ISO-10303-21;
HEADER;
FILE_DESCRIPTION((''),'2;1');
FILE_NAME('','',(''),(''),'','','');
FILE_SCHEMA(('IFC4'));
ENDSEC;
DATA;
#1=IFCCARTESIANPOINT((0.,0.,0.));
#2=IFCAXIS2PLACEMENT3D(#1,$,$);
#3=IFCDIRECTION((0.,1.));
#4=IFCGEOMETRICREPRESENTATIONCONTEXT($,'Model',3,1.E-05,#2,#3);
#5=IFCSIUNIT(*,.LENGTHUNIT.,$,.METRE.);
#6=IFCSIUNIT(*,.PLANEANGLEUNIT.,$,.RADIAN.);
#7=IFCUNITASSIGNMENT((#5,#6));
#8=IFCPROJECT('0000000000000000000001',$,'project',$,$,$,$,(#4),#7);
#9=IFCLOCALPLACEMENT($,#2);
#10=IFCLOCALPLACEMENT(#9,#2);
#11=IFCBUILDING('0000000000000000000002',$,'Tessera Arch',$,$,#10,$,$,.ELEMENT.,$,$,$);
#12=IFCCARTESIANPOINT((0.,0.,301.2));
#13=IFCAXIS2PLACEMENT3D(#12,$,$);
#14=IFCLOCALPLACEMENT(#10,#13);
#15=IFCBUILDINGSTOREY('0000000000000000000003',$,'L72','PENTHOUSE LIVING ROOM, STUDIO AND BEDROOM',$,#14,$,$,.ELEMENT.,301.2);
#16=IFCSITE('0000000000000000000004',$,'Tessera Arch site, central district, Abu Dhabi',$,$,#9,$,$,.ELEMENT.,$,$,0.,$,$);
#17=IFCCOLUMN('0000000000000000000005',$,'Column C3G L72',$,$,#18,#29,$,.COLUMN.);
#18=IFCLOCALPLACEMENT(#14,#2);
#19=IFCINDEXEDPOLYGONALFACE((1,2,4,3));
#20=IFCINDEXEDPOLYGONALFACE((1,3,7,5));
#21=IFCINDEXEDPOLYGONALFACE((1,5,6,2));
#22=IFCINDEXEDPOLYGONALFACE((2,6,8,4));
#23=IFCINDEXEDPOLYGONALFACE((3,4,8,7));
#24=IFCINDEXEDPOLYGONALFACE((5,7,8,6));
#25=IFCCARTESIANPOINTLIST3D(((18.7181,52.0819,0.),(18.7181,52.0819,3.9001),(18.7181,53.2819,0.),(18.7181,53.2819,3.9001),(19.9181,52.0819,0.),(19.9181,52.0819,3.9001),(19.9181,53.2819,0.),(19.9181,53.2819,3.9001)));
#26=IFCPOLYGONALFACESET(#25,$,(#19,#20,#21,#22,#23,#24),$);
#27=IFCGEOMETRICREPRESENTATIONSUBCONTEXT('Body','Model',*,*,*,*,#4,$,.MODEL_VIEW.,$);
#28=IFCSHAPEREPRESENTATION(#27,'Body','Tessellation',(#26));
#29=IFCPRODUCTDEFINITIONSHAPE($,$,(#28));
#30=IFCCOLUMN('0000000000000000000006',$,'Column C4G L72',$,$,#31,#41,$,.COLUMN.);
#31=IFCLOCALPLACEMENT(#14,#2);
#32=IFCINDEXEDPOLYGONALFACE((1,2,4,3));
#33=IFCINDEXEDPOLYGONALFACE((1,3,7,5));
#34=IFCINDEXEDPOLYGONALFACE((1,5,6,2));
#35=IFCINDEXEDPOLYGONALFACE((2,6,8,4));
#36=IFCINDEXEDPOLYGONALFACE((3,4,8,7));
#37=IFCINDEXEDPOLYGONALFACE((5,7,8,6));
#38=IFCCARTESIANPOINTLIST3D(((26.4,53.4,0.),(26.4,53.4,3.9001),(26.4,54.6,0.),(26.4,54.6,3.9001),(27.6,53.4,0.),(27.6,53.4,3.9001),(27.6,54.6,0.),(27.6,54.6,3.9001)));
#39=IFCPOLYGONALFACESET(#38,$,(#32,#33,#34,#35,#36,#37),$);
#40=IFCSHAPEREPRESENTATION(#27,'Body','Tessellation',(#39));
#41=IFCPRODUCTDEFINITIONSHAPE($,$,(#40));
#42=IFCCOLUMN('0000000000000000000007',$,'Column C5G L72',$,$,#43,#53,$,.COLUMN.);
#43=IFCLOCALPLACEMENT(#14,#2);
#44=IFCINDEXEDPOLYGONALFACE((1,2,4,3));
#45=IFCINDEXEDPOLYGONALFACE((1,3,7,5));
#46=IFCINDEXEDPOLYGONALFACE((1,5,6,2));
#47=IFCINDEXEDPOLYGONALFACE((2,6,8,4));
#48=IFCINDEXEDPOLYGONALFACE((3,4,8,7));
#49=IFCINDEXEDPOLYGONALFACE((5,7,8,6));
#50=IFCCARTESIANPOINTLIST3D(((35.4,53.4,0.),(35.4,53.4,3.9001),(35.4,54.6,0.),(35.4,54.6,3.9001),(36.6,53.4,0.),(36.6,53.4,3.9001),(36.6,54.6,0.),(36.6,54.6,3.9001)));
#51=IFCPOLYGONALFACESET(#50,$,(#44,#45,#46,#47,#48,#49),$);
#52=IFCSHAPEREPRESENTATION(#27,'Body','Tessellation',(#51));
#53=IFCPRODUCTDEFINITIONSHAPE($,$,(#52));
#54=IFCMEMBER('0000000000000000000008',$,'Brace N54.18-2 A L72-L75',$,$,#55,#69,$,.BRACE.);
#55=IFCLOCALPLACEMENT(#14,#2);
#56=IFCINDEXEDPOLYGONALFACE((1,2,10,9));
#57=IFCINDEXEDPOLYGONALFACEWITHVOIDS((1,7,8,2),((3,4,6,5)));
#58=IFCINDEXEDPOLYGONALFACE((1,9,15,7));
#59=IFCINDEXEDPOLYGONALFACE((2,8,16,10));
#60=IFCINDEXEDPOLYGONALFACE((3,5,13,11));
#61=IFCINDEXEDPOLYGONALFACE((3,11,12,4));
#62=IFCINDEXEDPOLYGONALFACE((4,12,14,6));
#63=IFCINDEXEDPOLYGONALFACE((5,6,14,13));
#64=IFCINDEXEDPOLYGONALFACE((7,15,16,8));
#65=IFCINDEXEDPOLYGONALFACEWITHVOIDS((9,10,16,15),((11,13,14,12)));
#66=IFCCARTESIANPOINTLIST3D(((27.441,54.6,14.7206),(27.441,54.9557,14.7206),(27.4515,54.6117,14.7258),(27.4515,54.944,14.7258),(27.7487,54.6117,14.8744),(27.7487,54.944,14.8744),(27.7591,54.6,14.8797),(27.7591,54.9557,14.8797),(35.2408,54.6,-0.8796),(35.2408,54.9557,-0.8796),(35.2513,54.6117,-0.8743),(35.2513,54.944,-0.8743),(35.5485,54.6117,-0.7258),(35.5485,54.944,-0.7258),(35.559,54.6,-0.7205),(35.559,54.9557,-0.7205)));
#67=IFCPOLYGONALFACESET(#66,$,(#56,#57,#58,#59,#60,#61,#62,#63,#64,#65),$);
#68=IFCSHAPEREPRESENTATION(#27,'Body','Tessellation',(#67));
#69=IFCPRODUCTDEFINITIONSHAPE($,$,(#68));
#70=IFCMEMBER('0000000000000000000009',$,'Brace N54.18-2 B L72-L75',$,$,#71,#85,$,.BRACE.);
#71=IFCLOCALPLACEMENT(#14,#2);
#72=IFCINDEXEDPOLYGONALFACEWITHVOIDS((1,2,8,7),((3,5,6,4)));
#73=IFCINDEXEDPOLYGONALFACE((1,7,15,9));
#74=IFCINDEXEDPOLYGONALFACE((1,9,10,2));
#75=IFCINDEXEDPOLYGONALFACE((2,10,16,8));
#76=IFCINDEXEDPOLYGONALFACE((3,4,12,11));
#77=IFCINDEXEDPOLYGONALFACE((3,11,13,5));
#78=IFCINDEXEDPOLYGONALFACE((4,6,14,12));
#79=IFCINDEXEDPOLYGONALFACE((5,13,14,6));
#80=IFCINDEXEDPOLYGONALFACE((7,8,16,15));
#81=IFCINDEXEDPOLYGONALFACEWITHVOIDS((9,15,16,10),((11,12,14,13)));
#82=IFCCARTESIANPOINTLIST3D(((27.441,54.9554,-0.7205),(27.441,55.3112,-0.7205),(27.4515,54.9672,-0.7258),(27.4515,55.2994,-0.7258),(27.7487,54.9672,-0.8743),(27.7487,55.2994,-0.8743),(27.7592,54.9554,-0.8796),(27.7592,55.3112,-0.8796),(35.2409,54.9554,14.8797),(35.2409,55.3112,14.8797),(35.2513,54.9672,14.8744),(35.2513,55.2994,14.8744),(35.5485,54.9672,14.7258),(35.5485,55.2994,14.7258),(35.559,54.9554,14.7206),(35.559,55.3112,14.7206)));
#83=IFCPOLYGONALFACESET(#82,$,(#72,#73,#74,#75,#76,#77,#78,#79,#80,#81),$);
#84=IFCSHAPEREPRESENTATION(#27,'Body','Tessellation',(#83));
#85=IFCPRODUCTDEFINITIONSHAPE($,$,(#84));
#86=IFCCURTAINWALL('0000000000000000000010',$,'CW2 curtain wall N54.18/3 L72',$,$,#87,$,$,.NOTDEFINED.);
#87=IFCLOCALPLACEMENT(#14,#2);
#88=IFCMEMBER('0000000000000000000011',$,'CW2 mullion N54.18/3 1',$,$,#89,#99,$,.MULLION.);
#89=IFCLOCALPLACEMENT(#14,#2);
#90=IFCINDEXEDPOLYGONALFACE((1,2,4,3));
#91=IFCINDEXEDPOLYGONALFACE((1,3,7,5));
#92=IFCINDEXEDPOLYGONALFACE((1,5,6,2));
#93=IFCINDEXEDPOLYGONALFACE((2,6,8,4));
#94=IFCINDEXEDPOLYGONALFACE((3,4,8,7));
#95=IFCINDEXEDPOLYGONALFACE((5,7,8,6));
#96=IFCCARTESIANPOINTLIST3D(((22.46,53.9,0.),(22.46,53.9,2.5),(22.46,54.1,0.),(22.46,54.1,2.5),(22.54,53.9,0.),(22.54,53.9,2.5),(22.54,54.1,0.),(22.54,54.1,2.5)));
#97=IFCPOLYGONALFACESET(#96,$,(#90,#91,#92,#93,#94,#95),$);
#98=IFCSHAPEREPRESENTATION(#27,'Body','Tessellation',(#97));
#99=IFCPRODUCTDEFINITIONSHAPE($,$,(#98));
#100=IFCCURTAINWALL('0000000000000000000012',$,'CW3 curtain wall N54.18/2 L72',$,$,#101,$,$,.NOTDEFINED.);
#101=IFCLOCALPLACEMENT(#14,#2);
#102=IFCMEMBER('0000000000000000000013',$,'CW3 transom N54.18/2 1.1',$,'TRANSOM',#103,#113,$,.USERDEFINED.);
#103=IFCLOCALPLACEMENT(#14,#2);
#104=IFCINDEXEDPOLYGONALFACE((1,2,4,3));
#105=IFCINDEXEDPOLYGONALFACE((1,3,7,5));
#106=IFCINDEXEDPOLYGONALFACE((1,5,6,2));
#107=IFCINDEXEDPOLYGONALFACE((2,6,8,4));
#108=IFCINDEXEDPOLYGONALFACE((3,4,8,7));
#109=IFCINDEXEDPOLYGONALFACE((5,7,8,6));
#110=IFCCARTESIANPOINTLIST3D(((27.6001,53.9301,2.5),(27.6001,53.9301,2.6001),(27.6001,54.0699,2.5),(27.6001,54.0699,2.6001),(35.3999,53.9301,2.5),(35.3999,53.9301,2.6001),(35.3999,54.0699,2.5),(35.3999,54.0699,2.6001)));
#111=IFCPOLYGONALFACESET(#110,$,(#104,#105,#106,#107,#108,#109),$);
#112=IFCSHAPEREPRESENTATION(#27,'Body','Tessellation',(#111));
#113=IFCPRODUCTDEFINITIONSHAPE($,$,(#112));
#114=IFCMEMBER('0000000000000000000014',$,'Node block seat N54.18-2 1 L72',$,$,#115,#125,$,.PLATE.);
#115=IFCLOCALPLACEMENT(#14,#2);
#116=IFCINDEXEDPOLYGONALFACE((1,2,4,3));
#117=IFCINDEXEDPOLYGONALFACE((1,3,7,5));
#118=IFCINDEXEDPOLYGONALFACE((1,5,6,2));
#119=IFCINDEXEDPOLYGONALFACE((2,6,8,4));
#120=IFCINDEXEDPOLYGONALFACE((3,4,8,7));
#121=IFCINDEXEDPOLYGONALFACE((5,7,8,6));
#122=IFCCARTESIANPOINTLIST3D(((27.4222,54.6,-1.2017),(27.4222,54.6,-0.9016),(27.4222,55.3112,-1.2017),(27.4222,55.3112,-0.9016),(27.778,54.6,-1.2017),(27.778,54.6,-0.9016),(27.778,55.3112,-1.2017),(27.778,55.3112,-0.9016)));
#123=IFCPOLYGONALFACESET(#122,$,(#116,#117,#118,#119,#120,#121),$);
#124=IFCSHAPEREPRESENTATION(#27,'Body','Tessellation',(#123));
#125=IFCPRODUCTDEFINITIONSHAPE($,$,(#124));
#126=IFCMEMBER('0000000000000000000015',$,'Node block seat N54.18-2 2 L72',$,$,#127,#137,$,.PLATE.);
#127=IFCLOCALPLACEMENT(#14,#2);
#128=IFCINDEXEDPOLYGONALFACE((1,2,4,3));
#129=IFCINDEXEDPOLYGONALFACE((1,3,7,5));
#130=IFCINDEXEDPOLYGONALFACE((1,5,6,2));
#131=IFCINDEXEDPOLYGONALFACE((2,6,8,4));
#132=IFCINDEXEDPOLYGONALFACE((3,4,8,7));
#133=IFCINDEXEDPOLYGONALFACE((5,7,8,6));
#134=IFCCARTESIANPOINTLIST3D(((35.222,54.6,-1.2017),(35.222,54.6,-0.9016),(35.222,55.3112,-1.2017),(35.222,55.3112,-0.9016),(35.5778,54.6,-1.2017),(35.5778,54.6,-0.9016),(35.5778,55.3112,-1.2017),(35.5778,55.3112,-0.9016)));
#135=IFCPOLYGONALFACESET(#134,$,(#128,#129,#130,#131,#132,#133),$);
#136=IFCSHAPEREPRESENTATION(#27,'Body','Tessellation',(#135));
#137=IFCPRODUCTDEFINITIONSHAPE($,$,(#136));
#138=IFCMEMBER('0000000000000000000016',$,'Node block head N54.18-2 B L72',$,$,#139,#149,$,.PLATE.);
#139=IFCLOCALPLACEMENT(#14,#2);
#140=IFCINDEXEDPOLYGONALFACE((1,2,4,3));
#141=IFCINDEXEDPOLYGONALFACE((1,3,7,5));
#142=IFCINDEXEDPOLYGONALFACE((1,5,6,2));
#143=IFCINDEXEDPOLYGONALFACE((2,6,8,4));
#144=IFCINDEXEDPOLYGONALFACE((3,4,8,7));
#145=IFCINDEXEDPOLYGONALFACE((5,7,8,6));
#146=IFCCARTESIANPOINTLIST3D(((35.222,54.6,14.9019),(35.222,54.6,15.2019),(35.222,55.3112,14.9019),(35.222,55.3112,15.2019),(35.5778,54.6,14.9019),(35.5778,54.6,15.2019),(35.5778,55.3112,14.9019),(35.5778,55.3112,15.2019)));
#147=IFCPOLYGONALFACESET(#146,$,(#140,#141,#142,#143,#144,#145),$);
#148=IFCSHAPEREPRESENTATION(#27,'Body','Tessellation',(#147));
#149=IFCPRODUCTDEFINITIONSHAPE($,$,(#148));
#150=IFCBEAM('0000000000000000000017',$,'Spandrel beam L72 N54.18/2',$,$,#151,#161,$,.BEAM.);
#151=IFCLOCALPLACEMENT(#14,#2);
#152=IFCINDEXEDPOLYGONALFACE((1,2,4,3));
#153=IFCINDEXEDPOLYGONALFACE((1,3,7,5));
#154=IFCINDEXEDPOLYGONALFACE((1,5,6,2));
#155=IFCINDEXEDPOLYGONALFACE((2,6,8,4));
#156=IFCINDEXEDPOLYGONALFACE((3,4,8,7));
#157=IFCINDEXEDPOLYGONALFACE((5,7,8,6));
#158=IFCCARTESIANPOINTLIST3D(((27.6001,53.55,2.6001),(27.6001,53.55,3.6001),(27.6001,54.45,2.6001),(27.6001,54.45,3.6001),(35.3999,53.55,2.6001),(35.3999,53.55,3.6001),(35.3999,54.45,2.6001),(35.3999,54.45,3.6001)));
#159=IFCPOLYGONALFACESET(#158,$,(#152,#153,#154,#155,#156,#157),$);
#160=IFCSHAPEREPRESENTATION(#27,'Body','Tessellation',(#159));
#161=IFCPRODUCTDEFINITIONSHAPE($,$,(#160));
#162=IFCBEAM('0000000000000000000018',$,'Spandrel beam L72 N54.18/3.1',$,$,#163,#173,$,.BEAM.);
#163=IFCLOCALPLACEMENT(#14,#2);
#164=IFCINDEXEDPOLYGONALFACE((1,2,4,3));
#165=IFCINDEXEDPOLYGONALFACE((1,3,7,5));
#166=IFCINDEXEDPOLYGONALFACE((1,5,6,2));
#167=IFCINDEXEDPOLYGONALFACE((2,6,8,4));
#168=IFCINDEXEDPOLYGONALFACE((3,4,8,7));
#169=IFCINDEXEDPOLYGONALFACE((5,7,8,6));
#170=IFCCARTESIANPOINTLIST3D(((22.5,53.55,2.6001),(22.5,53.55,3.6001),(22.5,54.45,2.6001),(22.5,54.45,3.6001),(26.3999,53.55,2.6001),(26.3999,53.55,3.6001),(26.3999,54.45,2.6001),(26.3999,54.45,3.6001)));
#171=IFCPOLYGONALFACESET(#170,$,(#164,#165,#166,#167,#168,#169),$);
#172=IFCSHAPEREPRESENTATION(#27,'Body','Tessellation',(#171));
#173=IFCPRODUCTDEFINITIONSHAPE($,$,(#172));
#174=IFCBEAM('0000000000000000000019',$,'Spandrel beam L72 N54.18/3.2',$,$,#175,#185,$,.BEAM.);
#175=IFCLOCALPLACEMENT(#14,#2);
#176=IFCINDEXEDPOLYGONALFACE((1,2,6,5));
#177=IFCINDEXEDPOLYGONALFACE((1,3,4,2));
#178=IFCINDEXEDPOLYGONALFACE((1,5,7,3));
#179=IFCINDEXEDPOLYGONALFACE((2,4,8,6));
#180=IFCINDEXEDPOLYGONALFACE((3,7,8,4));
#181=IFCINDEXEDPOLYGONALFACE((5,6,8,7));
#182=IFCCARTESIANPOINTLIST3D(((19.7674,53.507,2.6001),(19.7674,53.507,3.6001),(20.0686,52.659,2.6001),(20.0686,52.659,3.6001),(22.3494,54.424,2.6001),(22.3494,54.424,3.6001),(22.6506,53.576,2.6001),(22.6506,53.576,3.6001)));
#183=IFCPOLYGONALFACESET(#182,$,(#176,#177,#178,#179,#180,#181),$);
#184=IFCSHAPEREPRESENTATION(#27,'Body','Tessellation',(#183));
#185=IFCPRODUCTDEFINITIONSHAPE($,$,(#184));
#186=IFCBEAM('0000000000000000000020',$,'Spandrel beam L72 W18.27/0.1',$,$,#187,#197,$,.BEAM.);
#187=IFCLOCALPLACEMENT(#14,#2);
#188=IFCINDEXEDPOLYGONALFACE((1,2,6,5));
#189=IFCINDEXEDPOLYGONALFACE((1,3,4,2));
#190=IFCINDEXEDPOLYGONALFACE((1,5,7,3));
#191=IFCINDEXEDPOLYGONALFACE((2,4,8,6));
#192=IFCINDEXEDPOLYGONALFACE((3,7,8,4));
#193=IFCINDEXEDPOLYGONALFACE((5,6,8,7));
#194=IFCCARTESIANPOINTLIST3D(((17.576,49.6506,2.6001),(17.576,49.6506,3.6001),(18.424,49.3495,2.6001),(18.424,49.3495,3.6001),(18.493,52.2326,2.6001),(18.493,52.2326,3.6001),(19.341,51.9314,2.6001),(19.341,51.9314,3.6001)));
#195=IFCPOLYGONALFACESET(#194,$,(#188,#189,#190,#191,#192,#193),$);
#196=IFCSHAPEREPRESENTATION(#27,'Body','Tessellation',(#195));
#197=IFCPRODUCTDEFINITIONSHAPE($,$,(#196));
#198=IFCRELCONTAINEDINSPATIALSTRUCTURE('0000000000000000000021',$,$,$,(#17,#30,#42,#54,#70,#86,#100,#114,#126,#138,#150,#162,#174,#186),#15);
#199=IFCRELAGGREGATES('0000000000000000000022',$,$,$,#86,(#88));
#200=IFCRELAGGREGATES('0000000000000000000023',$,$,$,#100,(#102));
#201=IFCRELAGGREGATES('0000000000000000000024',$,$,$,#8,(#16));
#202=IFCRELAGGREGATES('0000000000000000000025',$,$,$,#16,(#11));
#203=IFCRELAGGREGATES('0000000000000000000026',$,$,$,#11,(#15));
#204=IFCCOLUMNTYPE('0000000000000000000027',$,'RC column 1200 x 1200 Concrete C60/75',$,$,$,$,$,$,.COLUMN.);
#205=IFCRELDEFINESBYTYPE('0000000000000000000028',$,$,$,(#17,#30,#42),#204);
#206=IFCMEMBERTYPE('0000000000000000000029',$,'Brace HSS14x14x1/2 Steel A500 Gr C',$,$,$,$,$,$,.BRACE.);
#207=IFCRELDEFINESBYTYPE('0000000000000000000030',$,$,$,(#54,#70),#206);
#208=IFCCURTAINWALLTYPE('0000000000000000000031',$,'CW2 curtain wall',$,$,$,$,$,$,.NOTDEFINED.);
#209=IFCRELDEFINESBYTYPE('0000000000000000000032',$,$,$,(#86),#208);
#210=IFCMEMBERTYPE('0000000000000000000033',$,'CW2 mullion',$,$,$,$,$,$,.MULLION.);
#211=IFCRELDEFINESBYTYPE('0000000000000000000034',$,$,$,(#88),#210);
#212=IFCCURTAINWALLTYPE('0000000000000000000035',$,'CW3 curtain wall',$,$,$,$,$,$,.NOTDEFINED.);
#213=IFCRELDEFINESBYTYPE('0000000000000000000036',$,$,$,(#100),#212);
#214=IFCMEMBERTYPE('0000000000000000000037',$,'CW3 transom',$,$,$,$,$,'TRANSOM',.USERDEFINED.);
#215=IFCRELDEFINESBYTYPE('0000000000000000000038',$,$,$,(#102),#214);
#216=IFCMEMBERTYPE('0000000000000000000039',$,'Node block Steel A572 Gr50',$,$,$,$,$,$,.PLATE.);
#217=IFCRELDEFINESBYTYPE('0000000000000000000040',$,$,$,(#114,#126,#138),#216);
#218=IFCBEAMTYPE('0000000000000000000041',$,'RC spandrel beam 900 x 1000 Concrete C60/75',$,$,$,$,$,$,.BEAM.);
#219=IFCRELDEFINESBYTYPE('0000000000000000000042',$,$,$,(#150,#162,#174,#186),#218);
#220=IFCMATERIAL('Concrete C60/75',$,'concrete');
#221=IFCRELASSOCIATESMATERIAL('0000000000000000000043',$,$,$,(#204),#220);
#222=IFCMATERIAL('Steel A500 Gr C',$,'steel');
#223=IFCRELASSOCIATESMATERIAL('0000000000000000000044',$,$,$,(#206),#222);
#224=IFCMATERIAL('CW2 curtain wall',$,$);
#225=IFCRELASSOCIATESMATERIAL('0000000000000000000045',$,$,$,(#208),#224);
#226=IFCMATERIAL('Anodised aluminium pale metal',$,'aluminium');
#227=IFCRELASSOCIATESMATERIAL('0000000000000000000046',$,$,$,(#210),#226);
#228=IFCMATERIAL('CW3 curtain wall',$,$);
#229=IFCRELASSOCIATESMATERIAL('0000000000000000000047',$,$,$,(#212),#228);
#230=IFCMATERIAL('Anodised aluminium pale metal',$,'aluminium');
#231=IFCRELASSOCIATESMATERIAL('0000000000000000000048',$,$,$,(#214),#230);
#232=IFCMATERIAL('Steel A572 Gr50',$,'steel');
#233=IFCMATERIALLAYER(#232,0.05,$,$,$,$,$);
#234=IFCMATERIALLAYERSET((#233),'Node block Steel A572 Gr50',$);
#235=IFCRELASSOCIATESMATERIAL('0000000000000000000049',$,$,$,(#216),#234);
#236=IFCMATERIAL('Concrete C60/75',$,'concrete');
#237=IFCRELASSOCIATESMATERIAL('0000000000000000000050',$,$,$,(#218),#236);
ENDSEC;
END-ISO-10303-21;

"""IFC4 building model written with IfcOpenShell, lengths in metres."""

from ifc_helpers import new_model, si_unit, direction, frame, origin, origin_2d, place, context, subcontext, project, spatial, rectangle, hollow_rectangle, extrude, material, layer, layer_set, material_profile, profile_set, type_object, element, aggregate, save


model = new_model("IFC4")

# Units and contexts
model_context = context("Model", 3, precision=1e-05, world=origin(), true_north=direction((0.0, 1.0)))
body_context = subcontext(model_context, "Body", "Model", "MODEL_VIEW")
ifc_project = project(units=[si_unit("LENGTHUNIT", "METRE"), si_unit("PLANEANGLEUNIT", "RADIAN")], contexts=[model_context])

# Site, building, storey
site_placement = place(None, origin())
site = spatial("IfcSite", under=ifc_project, at=site_placement, Name="Tessera Arch site, central district, Abu Dhabi", CompositionType="ELEMENT", RefElevation=0.0)
building_placement = place(site_placement, origin())
building = spatial("IfcBuilding", under=site, at=building_placement, Name="Tessera Arch", CompositionType="ELEMENT")
storey_placement = place(building_placement, frame((0.0, 0.0, 301.2)))
storey = spatial("IfcBuildingStorey", under=building, at=storey_placement, Name="L72", Description="PENTHOUSE LIVING ROOM, STUDIO AND BEDROOM", CompositionType="ELEMENT", Elevation=301.2)

# Columns
ifc_material_1 = material(Name="Concrete C60/75", Category="concrete")
ifc_material_profile_1 = material_profile(ifc_material_1, rectangle(XDim=1.2, YDim=1.2, at=origin_2d()), Name="RC column 1200 x 1200 Concrete C60/75")
ifc_profile_set_1 = profile_set([ifc_material_profile_1], Name="Concrete C60/75")
column_type = type_object("IfcColumnType", Name="RC column 1200 x 1200 Concrete C60/75", PredefinedType="COLUMN", material=ifc_profile_set_1)
for number, where, z_axis, x_axis, name in (
    (1, (19.3181, 52.6819, 0.0), (0.0, 0.0, 1.0), (1.0, 0.0, 0.0), "Column C3G L72"),
    (2, (27.0, 54.0, 0.0), (0.0, 0.0, 1.0), (1.0, 0.0, 0.0), "Column C4G L72"),
    (3, (36.0, 54.0, 0.0), (0.0, 0.0, 1.0), (1.0, 0.0, 0.0), "Column C5G L72"),
):
    element("IfcColumn", number, at=place(storey_placement, frame(where, z_axis=z_axis, x_axis=x_axis)), inside=storey, type_object=column_type, Name=name, PredefinedType="COLUMN", context=body_context, shape_type="SweptSolid", body=[
        extrude(rectangle(XDim=1.2, YDim=1.2, at=origin_2d()), origin(), (0.0, 0.0, 1.0), 3.9001),
    ])

# Members
ifc_material_2 = material(Name="Steel A500 Gr C", Category="steel")
ifc_material_profile_2 = material_profile(ifc_material_2, hollow_rectangle(XDim=0.3557, YDim=0.3557, WallThickness=0.0117, at=origin_2d()), Name="HSS14x14x1/2")
ifc_profile_set_2 = profile_set([ifc_material_profile_2], Name="Steel A500 Gr C")
member_type_1 = type_object("IfcMemberType", Name="Brace HSS14x14x1/2 Steel A500 Gr C", PredefinedType="BRACE", material=ifc_profile_set_2)
for number, where, z_axis, x_axis, name in (
    (4, (35.3999, 54.7778, -0.8), (-0.447202, 0.0, 0.894433), (0.0, -1.0, 0.0), "Brace N54.18-2 A L72-L75"),
    (5, (27.6001, 55.1333, -0.8), (0.447202, 0.0, 0.894433), (0.0, 1.0, 0.0), "Brace N54.18-2 B L72-L75"),
):
    element("IfcMember", number, at=place(storey_placement, frame(where, z_axis=z_axis, x_axis=x_axis)), inside=storey, type_object=member_type_1, Name=name, PredefinedType="BRACE", context=body_context, shape_type="SweptSolid", body=[
        extrude(hollow_rectangle(XDim=0.3557, YDim=0.3557, WallThickness=0.0117, at=origin_2d()), origin(), (0.0, 0.0, 1.0), 17.4414),
    ])

# Curtain walls, members
ifc_material_3 = material(Name="CW2 curtain wall")
curtain_wall_type_1 = type_object("IfcCurtainWallType", Name="CW2 curtain wall", PredefinedType="NOTDEFINED", material=ifc_material_3)
curtain_wall_1_placement = place(storey_placement, origin())
curtain_wall_1 = element("IfcCurtainWall", 6, at=curtain_wall_1_placement, inside=storey, type_object=curtain_wall_type_1, Name="CW2 curtain wall N54.18/3 L72", PredefinedType="NOTDEFINED")
ifc_material_4 = material(Name="Anodised aluminium pale metal", Category="aluminium")
ifc_material_profile_3 = material_profile(ifc_material_4, rectangle(XDim=0.2, YDim=0.0801, at=origin_2d()), Name="AL 80x200")
ifc_profile_set_3 = profile_set([ifc_material_profile_3], Name="Anodised aluminium pale metal")
member_type_2 = type_object("IfcMemberType", Name="CW2 mullion", PredefinedType="MULLION", material=ifc_profile_set_3)
member_1_placement = place(storey_placement, frame((22.5, 54.0, 0.0), z_axis=(0.0, 0.0, 1.0), x_axis=(0.0, -1.0, 0.0)))
member_1 = element("IfcMember", 7, at=member_1_placement, type_object=member_type_2, Name="CW2 mullion N54.18/3 1", PredefinedType="MULLION", context=body_context, shape_type="SweptSolid", body=[
    extrude(rectangle(XDim=0.2, YDim=0.0801, at=origin_2d()), origin(), (0.0, 0.0, 1.0), 2.5),
])
ifc_material_5 = material(Name="CW3 curtain wall")
curtain_wall_type_2 = type_object("IfcCurtainWallType", Name="CW3 curtain wall", PredefinedType="NOTDEFINED", material=ifc_material_5)
curtain_wall_2_placement = place(storey_placement, origin())
curtain_wall_2 = element("IfcCurtainWall", 8, at=curtain_wall_2_placement, inside=storey, type_object=curtain_wall_type_2, Name="CW3 curtain wall N54.18/2 L72", PredefinedType="NOTDEFINED")
ifc_material_6 = material(Name="Anodised aluminium pale metal", Category="aluminium")
ifc_material_profile_4 = material_profile(ifc_material_6, rectangle(XDim=0.1399, YDim=0.1001, at=origin_2d()), Name="AL 140x100")
ifc_profile_set_4 = profile_set([ifc_material_profile_4], Name="Anodised aluminium pale metal")
member_type_3 = type_object("IfcMemberType", Name="CW3 transom", ElementType="TRANSOM", PredefinedType="USERDEFINED", material=ifc_profile_set_4)
member_2_placement = place(storey_placement, frame((35.3999, 54.0, 2.55), z_axis=(-1.0, 0.0, 0.0), x_axis=(0.0, -1.0, 0.0)))
member_2 = element("IfcMember", 9, at=member_2_placement, type_object=member_type_3, Name="CW3 transom N54.18/2 1.1", ObjectType="TRANSOM", PredefinedType="USERDEFINED", context=body_context, shape_type="SweptSolid", body=[
    extrude(rectangle(XDim=0.1399, YDim=0.1001, at=origin_2d()), origin(), (0.0, 0.0, 1.0), 7.7998),
])

# Members
ifc_material_7 = material(Name="Steel A572 Gr50", Category="steel")
ifc_layer_1 = layer(ifc_material_7, 0.05)
ifc_layer_set_1 = layer_set([ifc_layer_1], Name="Node block Steel A572 Gr50")
member_type_4 = type_object("IfcMemberType", Name="Node block Steel A572 Gr50", PredefinedType="PLATE", material=ifc_layer_set_1)
for number, where, z_axis, x_axis, name in (
    (10, (27.6001, 54.9556, -1.2017), (0.0, 0.0, 1.0), (-1.0, 0.0, 0.0), "Node block seat N54.18-2 1 L72"),
    (11, (35.3999, 54.9556, -1.2017), (0.0, 0.0, 1.0), (-1.0, 0.0, 0.0), "Node block seat N54.18-2 2 L72"),
    (12, (35.3999, 54.9556, 14.9019), (0.0, 0.0, 1.0), (-1.0, 0.0, 0.0), "Node block head N54.18-2 B L72"),
):
    element("IfcMember", number, at=place(storey_placement, frame(where, z_axis=z_axis, x_axis=x_axis)), inside=storey, type_object=member_type_4, Name=name, PredefinedType="PLATE", context=body_context, shape_type="SweptSolid", body=[
        extrude(rectangle(XDim=0.3557, YDim=0.7112, at=origin_2d()), origin(), (0.0, 0.0, 1.0), 0.3),
    ])

# Beams
ifc_material_8 = material(Name="Concrete C60/75", Category="concrete")
ifc_material_profile_5 = material_profile(ifc_material_8, rectangle(XDim=0.8999, YDim=1.0, at=origin_2d()), Name="RC spandrel beam 900 x 1000 Concrete C60/75")
ifc_profile_set_5 = profile_set([ifc_material_profile_5], Name="Concrete C60/75")
beam_type = type_object("IfcBeamType", Name="RC spandrel beam 900 x 1000 Concrete C60/75", PredefinedType="BEAM", material=ifc_profile_set_5)
beam_1_placement = place(storey_placement, frame((35.3999, 54.0, 3.1001), z_axis=(-1.0, 0.0, 0.0), x_axis=(0.0, -1.0, 0.0)))
element("IfcBeam", 13, at=beam_1_placement, inside=storey, type_object=beam_type, Name="Spandrel beam L72 N54.18/2", PredefinedType="BEAM", context=body_context, shape_type="SweptSolid", body=[
    extrude(rectangle(XDim=0.8999, YDim=1.0, at=origin_2d()), origin(), (0.0, 0.0, 1.0), 7.7998),
])
beam_2_placement = place(storey_placement, frame((26.3999, 54.0, 3.1001), z_axis=(-1.0, 0.0, 0.0), x_axis=(0.0, -1.0, 0.0)))
element("IfcBeam", 14, at=beam_2_placement, inside=storey, type_object=beam_type, Name="Spandrel beam L72 N54.18/3.1", PredefinedType="BEAM", context=body_context, shape_type="SweptSolid", body=[
    extrude(rectangle(XDim=0.8999, YDim=1.0, at=origin_2d()), origin(), (0.0, 0.0, 1.0), 3.8999),
])
for number, where, z_axis, x_axis, name in (
    (15, (22.5, 54.0, 3.1001), (-0.942337, -0.334665, 0.0), (0.334665, -0.942337, 0.0), "Spandrel beam L72 N54.18/3.2"),
    (16, (18.917, 52.082, 3.1001), (-0.334665, -0.942337, 0.0), (0.942337, -0.334665, 0.0), "Spandrel beam L72 W18.27/0.1"),
):
    element("IfcBeam", number, at=place(storey_placement, frame(where, z_axis=z_axis, x_axis=x_axis)), inside=storey, type_object=beam_type, Name=name, PredefinedType="BEAM", context=body_context, shape_type="SweptSolid", body=[
        extrude(rectangle(XDim=0.8999, YDim=1.0, at=origin_2d()), origin(), (0.0, 0.0, 1.0), 2.74),
    ])

aggregate(curtain_wall_1, [member_1])
aggregate(curtain_wall_2, [member_2])

save(model, "model.ifc")
